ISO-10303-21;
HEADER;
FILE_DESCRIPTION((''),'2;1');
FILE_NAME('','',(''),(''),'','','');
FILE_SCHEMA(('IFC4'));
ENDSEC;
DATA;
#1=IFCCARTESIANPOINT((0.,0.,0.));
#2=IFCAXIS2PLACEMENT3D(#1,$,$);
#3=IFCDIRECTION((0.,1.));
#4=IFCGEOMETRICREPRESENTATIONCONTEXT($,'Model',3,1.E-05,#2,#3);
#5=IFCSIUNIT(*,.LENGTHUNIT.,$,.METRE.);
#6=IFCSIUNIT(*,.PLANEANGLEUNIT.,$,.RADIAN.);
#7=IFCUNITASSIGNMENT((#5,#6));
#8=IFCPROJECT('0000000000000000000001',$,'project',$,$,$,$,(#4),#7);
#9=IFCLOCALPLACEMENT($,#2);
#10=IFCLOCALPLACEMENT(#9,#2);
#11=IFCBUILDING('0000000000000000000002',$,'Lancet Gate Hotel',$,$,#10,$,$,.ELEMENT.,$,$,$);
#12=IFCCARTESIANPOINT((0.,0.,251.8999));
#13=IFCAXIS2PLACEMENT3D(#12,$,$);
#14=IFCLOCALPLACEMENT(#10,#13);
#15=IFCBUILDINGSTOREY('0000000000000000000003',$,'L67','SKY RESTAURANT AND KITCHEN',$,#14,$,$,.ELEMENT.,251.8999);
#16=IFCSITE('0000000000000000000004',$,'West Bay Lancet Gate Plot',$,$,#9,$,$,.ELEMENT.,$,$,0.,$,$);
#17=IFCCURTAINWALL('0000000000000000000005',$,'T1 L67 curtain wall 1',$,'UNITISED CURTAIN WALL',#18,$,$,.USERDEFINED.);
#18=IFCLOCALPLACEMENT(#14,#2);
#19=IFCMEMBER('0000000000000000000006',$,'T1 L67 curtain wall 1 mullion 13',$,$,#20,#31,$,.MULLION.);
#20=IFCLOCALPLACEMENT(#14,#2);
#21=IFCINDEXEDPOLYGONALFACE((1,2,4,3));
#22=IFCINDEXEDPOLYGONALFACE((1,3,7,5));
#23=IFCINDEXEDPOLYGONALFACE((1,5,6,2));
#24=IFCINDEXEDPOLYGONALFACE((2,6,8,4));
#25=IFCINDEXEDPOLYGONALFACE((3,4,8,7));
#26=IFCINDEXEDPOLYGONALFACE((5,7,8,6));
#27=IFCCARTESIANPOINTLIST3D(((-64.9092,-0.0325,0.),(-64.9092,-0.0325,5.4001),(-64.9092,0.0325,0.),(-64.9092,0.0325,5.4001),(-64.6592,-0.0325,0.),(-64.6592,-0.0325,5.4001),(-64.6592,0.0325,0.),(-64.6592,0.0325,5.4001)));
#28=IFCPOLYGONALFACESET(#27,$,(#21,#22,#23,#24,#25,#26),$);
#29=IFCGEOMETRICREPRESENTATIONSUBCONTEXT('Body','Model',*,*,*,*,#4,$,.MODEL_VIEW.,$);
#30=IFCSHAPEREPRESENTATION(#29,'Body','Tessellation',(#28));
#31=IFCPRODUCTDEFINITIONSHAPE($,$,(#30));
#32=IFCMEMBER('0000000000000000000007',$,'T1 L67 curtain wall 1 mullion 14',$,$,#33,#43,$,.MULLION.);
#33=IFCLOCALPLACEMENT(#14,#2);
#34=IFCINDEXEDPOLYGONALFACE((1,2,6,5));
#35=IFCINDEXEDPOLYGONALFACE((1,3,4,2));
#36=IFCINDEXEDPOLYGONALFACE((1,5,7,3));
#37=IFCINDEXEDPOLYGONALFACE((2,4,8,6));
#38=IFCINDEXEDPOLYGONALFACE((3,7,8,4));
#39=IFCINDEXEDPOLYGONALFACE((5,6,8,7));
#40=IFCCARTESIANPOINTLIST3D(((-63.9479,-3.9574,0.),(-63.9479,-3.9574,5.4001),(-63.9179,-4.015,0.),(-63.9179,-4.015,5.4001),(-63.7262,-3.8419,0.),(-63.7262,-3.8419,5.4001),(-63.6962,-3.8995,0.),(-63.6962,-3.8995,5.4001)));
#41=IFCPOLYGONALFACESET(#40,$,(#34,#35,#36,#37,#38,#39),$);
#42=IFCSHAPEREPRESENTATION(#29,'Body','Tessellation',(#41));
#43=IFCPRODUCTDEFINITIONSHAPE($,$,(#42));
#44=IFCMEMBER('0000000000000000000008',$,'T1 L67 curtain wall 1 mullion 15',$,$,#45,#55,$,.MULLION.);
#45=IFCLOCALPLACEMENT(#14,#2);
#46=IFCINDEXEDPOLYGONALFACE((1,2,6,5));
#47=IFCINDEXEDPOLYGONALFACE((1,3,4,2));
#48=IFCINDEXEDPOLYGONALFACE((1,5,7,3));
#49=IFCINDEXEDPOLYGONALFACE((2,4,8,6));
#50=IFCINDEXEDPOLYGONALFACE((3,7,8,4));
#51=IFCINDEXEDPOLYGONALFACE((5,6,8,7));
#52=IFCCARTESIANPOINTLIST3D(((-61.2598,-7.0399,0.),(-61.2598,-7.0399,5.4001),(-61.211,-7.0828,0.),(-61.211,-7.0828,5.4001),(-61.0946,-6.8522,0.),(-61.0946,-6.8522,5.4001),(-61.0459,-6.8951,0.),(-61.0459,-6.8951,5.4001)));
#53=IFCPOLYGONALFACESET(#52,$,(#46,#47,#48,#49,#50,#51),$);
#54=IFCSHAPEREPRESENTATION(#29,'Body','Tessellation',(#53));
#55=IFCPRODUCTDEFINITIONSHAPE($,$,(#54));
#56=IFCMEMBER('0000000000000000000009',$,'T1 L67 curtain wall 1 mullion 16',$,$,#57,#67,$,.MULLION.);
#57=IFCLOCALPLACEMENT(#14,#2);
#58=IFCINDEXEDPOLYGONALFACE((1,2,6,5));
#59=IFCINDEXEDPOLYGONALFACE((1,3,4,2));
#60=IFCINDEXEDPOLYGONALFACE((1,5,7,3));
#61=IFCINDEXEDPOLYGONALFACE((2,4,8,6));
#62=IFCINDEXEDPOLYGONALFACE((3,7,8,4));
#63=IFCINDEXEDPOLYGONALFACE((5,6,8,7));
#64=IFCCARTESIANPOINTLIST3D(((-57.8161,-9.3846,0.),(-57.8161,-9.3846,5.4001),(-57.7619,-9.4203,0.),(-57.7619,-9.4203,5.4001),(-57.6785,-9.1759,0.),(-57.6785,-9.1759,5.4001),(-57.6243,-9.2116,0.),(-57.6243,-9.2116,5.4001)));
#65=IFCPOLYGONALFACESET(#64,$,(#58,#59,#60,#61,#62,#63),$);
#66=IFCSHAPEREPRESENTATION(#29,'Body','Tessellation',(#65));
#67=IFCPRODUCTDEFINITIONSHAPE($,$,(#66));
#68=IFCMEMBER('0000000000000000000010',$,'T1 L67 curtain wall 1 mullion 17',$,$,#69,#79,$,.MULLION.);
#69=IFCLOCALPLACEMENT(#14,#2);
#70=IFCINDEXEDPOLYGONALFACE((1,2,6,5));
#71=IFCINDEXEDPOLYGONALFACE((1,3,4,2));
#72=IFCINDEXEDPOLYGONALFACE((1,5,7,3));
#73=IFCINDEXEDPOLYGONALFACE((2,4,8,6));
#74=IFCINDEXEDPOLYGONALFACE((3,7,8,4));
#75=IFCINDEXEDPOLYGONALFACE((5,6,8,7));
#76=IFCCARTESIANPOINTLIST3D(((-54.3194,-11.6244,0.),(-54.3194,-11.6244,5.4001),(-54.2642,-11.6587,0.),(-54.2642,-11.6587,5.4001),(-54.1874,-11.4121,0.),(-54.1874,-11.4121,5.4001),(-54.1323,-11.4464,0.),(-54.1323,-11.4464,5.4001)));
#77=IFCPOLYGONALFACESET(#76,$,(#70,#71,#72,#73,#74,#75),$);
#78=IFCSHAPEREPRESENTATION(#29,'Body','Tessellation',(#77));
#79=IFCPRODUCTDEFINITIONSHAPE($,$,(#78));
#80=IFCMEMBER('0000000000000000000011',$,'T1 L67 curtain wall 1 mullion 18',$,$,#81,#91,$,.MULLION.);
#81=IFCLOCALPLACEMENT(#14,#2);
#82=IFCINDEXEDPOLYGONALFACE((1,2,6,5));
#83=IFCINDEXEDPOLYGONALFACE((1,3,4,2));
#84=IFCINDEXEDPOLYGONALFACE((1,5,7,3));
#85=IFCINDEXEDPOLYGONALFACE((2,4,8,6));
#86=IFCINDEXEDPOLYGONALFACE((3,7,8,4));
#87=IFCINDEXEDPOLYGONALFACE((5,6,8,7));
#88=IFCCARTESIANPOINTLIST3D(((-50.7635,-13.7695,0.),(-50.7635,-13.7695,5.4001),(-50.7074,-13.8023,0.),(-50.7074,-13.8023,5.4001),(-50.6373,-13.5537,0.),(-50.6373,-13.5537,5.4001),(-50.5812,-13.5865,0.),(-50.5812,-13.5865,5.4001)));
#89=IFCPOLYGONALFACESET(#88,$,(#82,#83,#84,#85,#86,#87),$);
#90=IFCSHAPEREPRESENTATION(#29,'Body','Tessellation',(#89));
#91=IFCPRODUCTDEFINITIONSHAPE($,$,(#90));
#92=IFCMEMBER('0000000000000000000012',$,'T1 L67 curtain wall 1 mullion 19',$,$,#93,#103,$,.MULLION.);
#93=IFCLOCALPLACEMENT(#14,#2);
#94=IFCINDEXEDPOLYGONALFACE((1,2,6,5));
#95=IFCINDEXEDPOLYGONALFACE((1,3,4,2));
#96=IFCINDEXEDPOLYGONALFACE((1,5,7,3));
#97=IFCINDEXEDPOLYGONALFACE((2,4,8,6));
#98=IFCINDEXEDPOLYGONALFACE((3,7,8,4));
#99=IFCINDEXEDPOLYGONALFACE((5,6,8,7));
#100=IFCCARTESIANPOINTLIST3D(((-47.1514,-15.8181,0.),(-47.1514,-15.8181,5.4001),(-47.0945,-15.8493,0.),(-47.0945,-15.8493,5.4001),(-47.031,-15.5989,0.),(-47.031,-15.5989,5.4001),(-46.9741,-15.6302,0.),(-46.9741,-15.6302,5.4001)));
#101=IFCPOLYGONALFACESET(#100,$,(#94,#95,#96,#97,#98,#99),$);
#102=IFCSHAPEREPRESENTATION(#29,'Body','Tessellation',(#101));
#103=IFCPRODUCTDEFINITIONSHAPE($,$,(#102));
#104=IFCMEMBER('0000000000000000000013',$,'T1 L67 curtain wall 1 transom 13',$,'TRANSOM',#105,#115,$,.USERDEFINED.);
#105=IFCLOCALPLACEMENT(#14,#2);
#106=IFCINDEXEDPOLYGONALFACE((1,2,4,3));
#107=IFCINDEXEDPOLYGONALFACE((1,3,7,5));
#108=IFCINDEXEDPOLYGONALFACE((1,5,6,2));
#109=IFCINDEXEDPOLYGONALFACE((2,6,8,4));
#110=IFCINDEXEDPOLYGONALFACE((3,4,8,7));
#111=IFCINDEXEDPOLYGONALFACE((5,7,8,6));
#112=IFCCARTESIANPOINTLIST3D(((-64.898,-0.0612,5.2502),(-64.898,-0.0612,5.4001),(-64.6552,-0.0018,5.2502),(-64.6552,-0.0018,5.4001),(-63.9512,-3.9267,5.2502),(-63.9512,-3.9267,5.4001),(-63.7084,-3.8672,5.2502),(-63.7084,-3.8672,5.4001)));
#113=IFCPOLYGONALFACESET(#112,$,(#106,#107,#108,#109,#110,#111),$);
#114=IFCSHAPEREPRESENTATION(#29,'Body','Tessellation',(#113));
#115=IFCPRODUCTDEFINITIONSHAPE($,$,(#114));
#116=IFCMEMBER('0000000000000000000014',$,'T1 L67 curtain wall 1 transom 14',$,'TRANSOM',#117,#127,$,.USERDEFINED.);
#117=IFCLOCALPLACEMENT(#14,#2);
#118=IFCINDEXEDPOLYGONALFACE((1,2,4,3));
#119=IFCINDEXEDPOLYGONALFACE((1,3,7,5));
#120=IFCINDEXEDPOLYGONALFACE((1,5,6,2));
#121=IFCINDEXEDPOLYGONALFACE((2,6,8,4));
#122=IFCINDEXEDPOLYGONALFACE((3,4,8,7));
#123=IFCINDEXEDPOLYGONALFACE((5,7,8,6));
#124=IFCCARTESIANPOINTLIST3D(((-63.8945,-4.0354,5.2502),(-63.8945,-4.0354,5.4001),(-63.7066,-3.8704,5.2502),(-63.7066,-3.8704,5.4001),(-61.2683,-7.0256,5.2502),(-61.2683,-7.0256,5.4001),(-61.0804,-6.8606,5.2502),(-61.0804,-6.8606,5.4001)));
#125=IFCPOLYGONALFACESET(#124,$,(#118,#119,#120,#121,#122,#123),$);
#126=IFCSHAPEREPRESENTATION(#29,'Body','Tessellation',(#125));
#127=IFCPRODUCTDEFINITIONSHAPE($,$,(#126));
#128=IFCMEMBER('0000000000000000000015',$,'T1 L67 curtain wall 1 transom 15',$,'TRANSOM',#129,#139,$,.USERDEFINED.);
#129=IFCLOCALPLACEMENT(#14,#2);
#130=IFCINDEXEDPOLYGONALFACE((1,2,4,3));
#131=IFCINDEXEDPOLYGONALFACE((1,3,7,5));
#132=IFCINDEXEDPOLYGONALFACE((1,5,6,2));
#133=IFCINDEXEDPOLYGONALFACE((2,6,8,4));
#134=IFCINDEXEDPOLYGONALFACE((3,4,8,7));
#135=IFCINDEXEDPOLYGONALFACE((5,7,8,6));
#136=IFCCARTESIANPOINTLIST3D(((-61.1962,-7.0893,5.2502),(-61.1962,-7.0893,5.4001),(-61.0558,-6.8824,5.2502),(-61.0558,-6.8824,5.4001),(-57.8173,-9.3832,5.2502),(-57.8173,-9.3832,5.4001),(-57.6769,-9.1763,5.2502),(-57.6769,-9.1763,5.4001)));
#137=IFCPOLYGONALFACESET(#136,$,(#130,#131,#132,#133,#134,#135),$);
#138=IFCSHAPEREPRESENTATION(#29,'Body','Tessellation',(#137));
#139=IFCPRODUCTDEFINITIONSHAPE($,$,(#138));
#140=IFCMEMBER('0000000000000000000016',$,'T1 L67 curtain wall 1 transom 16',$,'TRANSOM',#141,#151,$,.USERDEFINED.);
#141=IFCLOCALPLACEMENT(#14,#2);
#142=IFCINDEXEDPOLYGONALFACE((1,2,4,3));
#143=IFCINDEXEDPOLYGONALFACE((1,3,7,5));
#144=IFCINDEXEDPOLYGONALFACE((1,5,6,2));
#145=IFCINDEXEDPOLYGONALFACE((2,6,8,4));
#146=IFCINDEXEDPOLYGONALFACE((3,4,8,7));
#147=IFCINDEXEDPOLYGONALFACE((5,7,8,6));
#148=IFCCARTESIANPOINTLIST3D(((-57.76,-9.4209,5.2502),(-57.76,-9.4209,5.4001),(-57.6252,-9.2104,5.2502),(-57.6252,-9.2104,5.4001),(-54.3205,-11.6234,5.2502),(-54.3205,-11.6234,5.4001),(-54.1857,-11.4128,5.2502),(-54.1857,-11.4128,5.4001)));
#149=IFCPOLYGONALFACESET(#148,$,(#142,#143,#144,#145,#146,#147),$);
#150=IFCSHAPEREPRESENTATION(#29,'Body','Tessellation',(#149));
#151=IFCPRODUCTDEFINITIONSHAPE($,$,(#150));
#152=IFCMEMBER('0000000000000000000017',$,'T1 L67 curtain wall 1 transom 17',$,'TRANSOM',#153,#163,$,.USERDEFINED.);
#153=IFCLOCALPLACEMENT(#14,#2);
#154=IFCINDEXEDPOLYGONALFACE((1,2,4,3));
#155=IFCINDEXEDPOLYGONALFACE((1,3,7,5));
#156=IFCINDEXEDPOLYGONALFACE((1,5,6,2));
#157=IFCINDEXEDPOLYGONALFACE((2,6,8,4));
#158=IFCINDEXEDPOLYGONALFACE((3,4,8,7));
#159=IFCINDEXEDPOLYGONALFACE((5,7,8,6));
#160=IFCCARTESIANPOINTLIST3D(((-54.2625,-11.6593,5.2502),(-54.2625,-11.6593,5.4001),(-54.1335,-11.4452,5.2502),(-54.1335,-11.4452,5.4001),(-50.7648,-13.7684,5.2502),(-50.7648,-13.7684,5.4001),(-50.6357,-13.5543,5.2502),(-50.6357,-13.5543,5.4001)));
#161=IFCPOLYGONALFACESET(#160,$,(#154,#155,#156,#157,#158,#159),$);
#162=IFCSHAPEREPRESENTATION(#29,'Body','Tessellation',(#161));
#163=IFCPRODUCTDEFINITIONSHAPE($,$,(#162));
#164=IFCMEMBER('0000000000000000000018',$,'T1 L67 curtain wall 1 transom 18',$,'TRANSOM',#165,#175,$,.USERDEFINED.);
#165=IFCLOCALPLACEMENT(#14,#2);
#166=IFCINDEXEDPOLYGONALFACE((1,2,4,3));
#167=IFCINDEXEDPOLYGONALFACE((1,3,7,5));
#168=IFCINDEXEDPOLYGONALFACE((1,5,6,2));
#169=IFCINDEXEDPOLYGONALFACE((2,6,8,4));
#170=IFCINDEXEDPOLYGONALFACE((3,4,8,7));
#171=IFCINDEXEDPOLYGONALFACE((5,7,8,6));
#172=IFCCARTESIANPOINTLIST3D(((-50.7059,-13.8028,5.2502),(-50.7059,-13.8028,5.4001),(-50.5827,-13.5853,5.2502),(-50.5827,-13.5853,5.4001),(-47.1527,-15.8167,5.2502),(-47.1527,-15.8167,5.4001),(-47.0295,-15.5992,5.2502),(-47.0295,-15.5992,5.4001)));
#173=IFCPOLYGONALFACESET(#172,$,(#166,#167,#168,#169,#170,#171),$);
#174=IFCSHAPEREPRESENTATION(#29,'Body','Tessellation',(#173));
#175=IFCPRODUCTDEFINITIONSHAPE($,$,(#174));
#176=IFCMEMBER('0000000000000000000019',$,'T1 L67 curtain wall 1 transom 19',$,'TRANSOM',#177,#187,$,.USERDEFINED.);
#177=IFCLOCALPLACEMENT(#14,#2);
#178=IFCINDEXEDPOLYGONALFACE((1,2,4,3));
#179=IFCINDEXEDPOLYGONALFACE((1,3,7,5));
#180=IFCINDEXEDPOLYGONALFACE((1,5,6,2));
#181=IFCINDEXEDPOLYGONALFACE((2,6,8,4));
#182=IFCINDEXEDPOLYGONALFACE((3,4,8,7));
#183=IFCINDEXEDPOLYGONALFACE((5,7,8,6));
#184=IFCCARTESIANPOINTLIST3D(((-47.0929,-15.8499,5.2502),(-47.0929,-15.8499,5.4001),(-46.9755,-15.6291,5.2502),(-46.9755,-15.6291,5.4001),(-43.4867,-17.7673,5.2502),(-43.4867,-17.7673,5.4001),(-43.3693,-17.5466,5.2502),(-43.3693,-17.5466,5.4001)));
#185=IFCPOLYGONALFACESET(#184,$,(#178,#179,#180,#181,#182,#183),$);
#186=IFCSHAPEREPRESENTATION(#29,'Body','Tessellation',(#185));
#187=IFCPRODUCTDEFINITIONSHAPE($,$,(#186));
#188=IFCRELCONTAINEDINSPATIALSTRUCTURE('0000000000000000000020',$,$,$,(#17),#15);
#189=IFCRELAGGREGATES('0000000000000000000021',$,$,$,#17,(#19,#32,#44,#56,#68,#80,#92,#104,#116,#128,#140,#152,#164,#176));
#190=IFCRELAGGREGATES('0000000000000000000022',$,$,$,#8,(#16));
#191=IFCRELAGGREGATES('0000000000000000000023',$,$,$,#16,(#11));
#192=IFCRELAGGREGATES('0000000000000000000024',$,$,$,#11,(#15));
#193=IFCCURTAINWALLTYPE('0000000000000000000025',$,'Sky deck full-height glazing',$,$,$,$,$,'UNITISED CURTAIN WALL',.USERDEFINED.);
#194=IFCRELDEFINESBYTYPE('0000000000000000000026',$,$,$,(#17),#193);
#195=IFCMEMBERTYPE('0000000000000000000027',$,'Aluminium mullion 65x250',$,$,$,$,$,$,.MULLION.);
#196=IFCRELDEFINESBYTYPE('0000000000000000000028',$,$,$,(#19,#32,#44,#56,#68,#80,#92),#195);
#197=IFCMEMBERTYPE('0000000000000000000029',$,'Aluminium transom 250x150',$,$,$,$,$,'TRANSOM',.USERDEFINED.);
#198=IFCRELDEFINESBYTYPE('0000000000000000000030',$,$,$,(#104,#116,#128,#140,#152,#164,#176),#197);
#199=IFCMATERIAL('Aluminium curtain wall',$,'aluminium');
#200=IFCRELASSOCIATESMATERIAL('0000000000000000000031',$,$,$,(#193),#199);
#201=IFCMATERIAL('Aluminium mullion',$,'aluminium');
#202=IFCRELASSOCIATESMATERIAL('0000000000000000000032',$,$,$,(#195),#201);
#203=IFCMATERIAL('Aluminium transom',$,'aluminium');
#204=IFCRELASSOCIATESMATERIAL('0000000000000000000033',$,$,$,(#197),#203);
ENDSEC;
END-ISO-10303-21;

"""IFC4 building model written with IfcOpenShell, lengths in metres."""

from ifc_helpers import new_model, si_unit, direction, frame, origin, origin_2d, place, context, subcontext, project, spatial, rectangle, extrude, material, material_profile, profile_set, type_object, element, aggregate, save


model = new_model("IFC4")

# Units and contexts
model_context = context("Model", 3, precision=1e-05, world=origin(), true_north=direction((0.0, 1.0)))
body_context = subcontext(model_context, "Body", "Model", "MODEL_VIEW")
ifc_project = project(units=[si_unit("LENGTHUNIT", "METRE"), si_unit("PLANEANGLEUNIT", "RADIAN")], contexts=[model_context])

# Site, building, storey
site_placement = place(None, origin())
site = spatial("IfcSite", under=ifc_project, at=site_placement, Name="West Bay Lancet Gate Plot", CompositionType="ELEMENT", RefElevation=0.0)
building_placement = place(site_placement, origin())
building = spatial("IfcBuilding", under=site, at=building_placement, Name="Lancet Gate Hotel", CompositionType="ELEMENT")
storey_placement = place(building_placement, frame((0.0, 0.0, 251.8999)))
storey = spatial("IfcBuildingStorey", under=building, at=storey_placement, Name="L67", Description="SKY RESTAURANT AND KITCHEN", CompositionType="ELEMENT", Elevation=251.8999)

# Curtain wall, members
ifc_material_1 = material(Name="Aluminium curtain wall", Category="aluminium")
curtain_wall_type = type_object("IfcCurtainWallType", Name="Sky deck full-height glazing", ElementType="UNITISED CURTAIN WALL", PredefinedType="USERDEFINED", material=ifc_material_1)
curtain_wall_placement = place(storey_placement, origin())
curtain_wall = element("IfcCurtainWall", 1, at=curtain_wall_placement, inside=storey, type_object=curtain_wall_type, Name="T1 L67 curtain wall 1", ObjectType="UNITISED CURTAIN WALL", PredefinedType="USERDEFINED")
ifc_material_2 = material(Name="Aluminium mullion", Category="aluminium")
ifc_material_profile_1 = material_profile(ifc_material_2, rectangle(XDim=0.0649, YDim=0.25, at=origin_2d()), Name="MULLION 65x250")
ifc_profile_set_1 = profile_set([ifc_material_profile_1], Name="Aluminium mullion")
member_type_1 = type_object("IfcMemberType", Name="Aluminium mullion 65x250", PredefinedType="MULLION", material=ifc_profile_set_1)
member_1_placement = place(storey_placement, frame((-64.7842, 0.0, 0.0), z_axis=(0.0, 0.0, 1.0), x_axis=(0.0, -1.0, 0.0)))
member_1 = element("IfcMember", 2, at=member_1_placement, type_object=member_type_1, Name="T1 L67 curtain wall 1 mullion 13", PredefinedType="MULLION", context=body_context, shape_type="SweptSolid", body=[
    extrude(rectangle(XDim=0.0649, YDim=0.25, at=origin_2d()), origin(), (0.0, 0.0, 1.0), 5.4001),
])
member_2_placement = place(storey_placement, frame((-63.822, -3.9285, 0.0), z_axis=(0.0, 0.0, 1.0), x_axis=(0.462178, -0.886787, 0.0)))
member_2 = element("IfcMember", 3, at=member_2_placement, type_object=member_type_1, Name="T1 L67 curtain wall 1 mullion 14", PredefinedType="MULLION", context=body_context, shape_type="SweptSolid", body=[
    extrude(rectangle(XDim=0.0649, YDim=0.25, at=origin_2d()), origin(), (0.0, 0.0, 1.0), 5.4001),
])
member_3_placement = place(storey_placement, frame((-61.1528, -6.9675, 0.0), z_axis=(0.0, 0.0, 1.0), x_axis=(0.750716, -0.660626, 0.0)))
member_3 = element("IfcMember", 4, at=member_3_placement, type_object=member_type_1, Name="T1 L67 curtain wall 1 mullion 15", PredefinedType="MULLION", context=body_context, shape_type="SweptSolid", body=[
    extrude(rectangle(XDim=0.0649, YDim=0.25, at=origin_2d()), origin(), (0.0, 0.0, 1.0), 5.4001),
])
member_4_placement = place(storey_placement, frame((-57.7202, -9.2981, 0.0), z_axis=(0.0, 0.0, 1.0), x_axis=(0.834827, -0.550512, 0.0)))
member_4 = element("IfcMember", 5, at=member_4_placement, type_object=member_type_1, Name="T1 L67 curtain wall 1 mullion 16", PredefinedType="MULLION", context=body_context, shape_type="SweptSolid", body=[
    extrude(rectangle(XDim=0.0649, YDim=0.25, at=origin_2d()), origin(), (0.0, 0.0, 1.0), 5.4001),
])
member_5_placement = place(storey_placement, frame((-54.2258, -11.5354, 0.0), z_axis=(0.0, 0.0, 1.0), x_axis=(0.849342, -0.527842, 0.0)))
member_5 = element("IfcMember", 6, at=member_5_placement, type_object=member_type_1, Name="T1 L67 curtain wall 1 mullion 17", PredefinedType="MULLION", context=body_context, shape_type="SweptSolid", body=[
    extrude(rectangle(XDim=0.0649, YDim=0.25, at=origin_2d()), origin(), (0.0, 0.0, 1.0), 5.4001),
])
member_6_placement = place(storey_placement, frame((-50.6724, -13.678, 0.0), z_axis=(0.0, 0.0, 1.0), x_axis=(0.863242, -0.50479, 0.0)))
member_6 = element("IfcMember", 7, at=member_6_placement, type_object=member_type_1, Name="T1 L67 curtain wall 1 mullion 18", PredefinedType="MULLION", context=body_context, shape_type="SweptSolid", body=[
    extrude(rectangle(XDim=0.0649, YDim=0.25, at=origin_2d()), origin(), (0.0, 0.0, 1.0), 5.4001),
])
member_7_placement = place(storey_placement, frame((-47.0627, -15.7241, 0.0), z_axis=(0.0, 0.0, 1.0), x_axis=(0.876516, -0.481372, 0.0)))
member_7 = element("IfcMember", 8, at=member_7_placement, type_object=member_type_1, Name="T1 L67 curtain wall 1 mullion 19", PredefinedType="MULLION", context=body_context, shape_type="SweptSolid", body=[
    extrude(rectangle(XDim=0.0649, YDim=0.25, at=origin_2d()), origin(), (0.0, 0.0, 1.0), 5.4001),
])
ifc_material_3 = material(Name="Aluminium transom", Category="aluminium")
ifc_material_profile_2 = material_profile(ifc_material_3, rectangle(XDim=0.25, YDim=0.1499, at=origin_2d()), Name="TRANSOM 250x150")
ifc_profile_set_2 = profile_set([ifc_material_profile_2], Name="Aluminium transom")
member_type_2 = type_object("IfcMemberType", Name="Aluminium transom 250x150", ElementType="TRANSOM", PredefinedType="USERDEFINED", material=ifc_profile_set_2)
member_8_placement = place(storey_placement, frame((-64.7766, -0.0315, 5.3252), z_axis=(0.237899, -0.97129, 0.0), x_axis=(0.97129, 0.237899, 0.0)))
member_8 = element("IfcMember", 9, at=member_8_placement, type_object=member_type_2, Name="T1 L67 curtain wall 1 transom 13", ObjectType="TRANSOM", PredefinedType="USERDEFINED", context=body_context, shape_type="SweptSolid", body=[
    extrude(rectangle(XDim=0.25, YDim=0.1499, at=origin_2d()), origin(), (0.0, 0.0, 1.0), 3.9797),
])
member_9_placement = place(storey_placement, frame((-63.8005, -3.9529, 5.3252), z_axis=(0.659893, -0.751359, 0.0), x_axis=(0.751359, 0.659893, 0.0)))
member_9 = element("IfcMember", 10, at=member_9_placement, type_object=member_type_2, Name="T1 L67 curtain wall 1 transom 14", ObjectType="TRANSOM", PredefinedType="USERDEFINED", context=body_context, shape_type="SweptSolid", body=[
    extrude(rectangle(XDim=0.25, YDim=0.1499, at=origin_2d()), origin(), (0.0, 0.0, 1.0), 3.9797),
])
member_10_placement = place(storey_placement, frame((-61.126, -6.9858, 5.3252), z_axis=(0.827349, -0.561689, 0.0), x_axis=(0.561689, 0.827349, 0.0)))
member_10 = element("IfcMember", 11, at=member_10_placement, type_object=member_type_2, Name="T1 L67 curtain wall 1 transom 15", ObjectType="TRANSOM", PredefinedType="USERDEFINED", context=body_context, shape_type="SweptSolid", body=[
    extrude(rectangle(XDim=0.25, YDim=0.1499, at=origin_2d()), origin(), (0.0, 0.0, 1.0), 4.084),
])
member_11_placement = place(storey_placement, frame((-57.6926, -9.3157, 5.3252), z_axis=(0.842144, -0.539252, 0.0), x_axis=(0.539252, 0.842144, 0.0)))
member_11 = element("IfcMember", 12, at=member_11_placement, type_object=member_type_2, Name="T1 L67 curtain wall 1 transom 16", ObjectType="TRANSOM", PredefinedType="USERDEFINED", context=body_context, shape_type="SweptSolid", body=[
    extrude(rectangle(XDim=0.25, YDim=0.1499, at=origin_2d()), origin(), (0.0, 0.0, 1.0), 4.0842),
])
member_12_placement = place(storey_placement, frame((-54.198, -11.5522, 5.3252), z_axis=(0.856362, -0.516376, 0.0), x_axis=(0.516376, 0.856362, 0.0)))
member_12 = element("IfcMember", 13, at=member_12_placement, type_object=member_type_2, Name="T1 L67 curtain wall 1 transom 17", ObjectType="TRANSOM", PredefinedType="USERDEFINED", context=body_context, shape_type="SweptSolid", body=[
    extrude(rectangle(XDim=0.25, YDim=0.1499, at=origin_2d()), origin(), (0.0, 0.0, 1.0), 4.0845),
])
member_13_placement = place(storey_placement, frame((-50.6443, -13.6941, 5.3252), z_axis=(0.869978, -0.493091, 0.0), x_axis=(0.493091, 0.869978, 0.0)))
member_13 = element("IfcMember", 14, at=member_13_placement, type_object=member_type_2, Name="T1 L67 curtain wall 1 transom 18", ObjectType="TRANSOM", PredefinedType="USERDEFINED", context=body_context, shape_type="SweptSolid", body=[
    extrude(rectangle(XDim=0.25, YDim=0.1499, at=origin_2d()), origin(), (0.0, 0.0, 1.0), 4.0842),
])
member_14_placement = place(storey_placement, frame((-47.0342, -15.7395, 5.3252), z_axis=(0.882945, -0.469477, 0.0), x_axis=(0.469477, 0.882945, 0.0)))
member_14 = element("IfcMember", 15, at=member_14_placement, type_object=member_type_2, Name="T1 L67 curtain wall 1 transom 19", ObjectType="TRANSOM", PredefinedType="USERDEFINED", context=body_context, shape_type="SweptSolid", body=[
    extrude(rectangle(XDim=0.25, YDim=0.1499, at=origin_2d()), origin(), (0.0, 0.0, 1.0), 4.0842),
])

aggregate(curtain_wall, [member_1, member_2, member_3, member_4, member_5, member_6, member_7, member_8, member_9, member_10, member_11, member_12, member_13, member_14])

save(model, "model.ifc")
